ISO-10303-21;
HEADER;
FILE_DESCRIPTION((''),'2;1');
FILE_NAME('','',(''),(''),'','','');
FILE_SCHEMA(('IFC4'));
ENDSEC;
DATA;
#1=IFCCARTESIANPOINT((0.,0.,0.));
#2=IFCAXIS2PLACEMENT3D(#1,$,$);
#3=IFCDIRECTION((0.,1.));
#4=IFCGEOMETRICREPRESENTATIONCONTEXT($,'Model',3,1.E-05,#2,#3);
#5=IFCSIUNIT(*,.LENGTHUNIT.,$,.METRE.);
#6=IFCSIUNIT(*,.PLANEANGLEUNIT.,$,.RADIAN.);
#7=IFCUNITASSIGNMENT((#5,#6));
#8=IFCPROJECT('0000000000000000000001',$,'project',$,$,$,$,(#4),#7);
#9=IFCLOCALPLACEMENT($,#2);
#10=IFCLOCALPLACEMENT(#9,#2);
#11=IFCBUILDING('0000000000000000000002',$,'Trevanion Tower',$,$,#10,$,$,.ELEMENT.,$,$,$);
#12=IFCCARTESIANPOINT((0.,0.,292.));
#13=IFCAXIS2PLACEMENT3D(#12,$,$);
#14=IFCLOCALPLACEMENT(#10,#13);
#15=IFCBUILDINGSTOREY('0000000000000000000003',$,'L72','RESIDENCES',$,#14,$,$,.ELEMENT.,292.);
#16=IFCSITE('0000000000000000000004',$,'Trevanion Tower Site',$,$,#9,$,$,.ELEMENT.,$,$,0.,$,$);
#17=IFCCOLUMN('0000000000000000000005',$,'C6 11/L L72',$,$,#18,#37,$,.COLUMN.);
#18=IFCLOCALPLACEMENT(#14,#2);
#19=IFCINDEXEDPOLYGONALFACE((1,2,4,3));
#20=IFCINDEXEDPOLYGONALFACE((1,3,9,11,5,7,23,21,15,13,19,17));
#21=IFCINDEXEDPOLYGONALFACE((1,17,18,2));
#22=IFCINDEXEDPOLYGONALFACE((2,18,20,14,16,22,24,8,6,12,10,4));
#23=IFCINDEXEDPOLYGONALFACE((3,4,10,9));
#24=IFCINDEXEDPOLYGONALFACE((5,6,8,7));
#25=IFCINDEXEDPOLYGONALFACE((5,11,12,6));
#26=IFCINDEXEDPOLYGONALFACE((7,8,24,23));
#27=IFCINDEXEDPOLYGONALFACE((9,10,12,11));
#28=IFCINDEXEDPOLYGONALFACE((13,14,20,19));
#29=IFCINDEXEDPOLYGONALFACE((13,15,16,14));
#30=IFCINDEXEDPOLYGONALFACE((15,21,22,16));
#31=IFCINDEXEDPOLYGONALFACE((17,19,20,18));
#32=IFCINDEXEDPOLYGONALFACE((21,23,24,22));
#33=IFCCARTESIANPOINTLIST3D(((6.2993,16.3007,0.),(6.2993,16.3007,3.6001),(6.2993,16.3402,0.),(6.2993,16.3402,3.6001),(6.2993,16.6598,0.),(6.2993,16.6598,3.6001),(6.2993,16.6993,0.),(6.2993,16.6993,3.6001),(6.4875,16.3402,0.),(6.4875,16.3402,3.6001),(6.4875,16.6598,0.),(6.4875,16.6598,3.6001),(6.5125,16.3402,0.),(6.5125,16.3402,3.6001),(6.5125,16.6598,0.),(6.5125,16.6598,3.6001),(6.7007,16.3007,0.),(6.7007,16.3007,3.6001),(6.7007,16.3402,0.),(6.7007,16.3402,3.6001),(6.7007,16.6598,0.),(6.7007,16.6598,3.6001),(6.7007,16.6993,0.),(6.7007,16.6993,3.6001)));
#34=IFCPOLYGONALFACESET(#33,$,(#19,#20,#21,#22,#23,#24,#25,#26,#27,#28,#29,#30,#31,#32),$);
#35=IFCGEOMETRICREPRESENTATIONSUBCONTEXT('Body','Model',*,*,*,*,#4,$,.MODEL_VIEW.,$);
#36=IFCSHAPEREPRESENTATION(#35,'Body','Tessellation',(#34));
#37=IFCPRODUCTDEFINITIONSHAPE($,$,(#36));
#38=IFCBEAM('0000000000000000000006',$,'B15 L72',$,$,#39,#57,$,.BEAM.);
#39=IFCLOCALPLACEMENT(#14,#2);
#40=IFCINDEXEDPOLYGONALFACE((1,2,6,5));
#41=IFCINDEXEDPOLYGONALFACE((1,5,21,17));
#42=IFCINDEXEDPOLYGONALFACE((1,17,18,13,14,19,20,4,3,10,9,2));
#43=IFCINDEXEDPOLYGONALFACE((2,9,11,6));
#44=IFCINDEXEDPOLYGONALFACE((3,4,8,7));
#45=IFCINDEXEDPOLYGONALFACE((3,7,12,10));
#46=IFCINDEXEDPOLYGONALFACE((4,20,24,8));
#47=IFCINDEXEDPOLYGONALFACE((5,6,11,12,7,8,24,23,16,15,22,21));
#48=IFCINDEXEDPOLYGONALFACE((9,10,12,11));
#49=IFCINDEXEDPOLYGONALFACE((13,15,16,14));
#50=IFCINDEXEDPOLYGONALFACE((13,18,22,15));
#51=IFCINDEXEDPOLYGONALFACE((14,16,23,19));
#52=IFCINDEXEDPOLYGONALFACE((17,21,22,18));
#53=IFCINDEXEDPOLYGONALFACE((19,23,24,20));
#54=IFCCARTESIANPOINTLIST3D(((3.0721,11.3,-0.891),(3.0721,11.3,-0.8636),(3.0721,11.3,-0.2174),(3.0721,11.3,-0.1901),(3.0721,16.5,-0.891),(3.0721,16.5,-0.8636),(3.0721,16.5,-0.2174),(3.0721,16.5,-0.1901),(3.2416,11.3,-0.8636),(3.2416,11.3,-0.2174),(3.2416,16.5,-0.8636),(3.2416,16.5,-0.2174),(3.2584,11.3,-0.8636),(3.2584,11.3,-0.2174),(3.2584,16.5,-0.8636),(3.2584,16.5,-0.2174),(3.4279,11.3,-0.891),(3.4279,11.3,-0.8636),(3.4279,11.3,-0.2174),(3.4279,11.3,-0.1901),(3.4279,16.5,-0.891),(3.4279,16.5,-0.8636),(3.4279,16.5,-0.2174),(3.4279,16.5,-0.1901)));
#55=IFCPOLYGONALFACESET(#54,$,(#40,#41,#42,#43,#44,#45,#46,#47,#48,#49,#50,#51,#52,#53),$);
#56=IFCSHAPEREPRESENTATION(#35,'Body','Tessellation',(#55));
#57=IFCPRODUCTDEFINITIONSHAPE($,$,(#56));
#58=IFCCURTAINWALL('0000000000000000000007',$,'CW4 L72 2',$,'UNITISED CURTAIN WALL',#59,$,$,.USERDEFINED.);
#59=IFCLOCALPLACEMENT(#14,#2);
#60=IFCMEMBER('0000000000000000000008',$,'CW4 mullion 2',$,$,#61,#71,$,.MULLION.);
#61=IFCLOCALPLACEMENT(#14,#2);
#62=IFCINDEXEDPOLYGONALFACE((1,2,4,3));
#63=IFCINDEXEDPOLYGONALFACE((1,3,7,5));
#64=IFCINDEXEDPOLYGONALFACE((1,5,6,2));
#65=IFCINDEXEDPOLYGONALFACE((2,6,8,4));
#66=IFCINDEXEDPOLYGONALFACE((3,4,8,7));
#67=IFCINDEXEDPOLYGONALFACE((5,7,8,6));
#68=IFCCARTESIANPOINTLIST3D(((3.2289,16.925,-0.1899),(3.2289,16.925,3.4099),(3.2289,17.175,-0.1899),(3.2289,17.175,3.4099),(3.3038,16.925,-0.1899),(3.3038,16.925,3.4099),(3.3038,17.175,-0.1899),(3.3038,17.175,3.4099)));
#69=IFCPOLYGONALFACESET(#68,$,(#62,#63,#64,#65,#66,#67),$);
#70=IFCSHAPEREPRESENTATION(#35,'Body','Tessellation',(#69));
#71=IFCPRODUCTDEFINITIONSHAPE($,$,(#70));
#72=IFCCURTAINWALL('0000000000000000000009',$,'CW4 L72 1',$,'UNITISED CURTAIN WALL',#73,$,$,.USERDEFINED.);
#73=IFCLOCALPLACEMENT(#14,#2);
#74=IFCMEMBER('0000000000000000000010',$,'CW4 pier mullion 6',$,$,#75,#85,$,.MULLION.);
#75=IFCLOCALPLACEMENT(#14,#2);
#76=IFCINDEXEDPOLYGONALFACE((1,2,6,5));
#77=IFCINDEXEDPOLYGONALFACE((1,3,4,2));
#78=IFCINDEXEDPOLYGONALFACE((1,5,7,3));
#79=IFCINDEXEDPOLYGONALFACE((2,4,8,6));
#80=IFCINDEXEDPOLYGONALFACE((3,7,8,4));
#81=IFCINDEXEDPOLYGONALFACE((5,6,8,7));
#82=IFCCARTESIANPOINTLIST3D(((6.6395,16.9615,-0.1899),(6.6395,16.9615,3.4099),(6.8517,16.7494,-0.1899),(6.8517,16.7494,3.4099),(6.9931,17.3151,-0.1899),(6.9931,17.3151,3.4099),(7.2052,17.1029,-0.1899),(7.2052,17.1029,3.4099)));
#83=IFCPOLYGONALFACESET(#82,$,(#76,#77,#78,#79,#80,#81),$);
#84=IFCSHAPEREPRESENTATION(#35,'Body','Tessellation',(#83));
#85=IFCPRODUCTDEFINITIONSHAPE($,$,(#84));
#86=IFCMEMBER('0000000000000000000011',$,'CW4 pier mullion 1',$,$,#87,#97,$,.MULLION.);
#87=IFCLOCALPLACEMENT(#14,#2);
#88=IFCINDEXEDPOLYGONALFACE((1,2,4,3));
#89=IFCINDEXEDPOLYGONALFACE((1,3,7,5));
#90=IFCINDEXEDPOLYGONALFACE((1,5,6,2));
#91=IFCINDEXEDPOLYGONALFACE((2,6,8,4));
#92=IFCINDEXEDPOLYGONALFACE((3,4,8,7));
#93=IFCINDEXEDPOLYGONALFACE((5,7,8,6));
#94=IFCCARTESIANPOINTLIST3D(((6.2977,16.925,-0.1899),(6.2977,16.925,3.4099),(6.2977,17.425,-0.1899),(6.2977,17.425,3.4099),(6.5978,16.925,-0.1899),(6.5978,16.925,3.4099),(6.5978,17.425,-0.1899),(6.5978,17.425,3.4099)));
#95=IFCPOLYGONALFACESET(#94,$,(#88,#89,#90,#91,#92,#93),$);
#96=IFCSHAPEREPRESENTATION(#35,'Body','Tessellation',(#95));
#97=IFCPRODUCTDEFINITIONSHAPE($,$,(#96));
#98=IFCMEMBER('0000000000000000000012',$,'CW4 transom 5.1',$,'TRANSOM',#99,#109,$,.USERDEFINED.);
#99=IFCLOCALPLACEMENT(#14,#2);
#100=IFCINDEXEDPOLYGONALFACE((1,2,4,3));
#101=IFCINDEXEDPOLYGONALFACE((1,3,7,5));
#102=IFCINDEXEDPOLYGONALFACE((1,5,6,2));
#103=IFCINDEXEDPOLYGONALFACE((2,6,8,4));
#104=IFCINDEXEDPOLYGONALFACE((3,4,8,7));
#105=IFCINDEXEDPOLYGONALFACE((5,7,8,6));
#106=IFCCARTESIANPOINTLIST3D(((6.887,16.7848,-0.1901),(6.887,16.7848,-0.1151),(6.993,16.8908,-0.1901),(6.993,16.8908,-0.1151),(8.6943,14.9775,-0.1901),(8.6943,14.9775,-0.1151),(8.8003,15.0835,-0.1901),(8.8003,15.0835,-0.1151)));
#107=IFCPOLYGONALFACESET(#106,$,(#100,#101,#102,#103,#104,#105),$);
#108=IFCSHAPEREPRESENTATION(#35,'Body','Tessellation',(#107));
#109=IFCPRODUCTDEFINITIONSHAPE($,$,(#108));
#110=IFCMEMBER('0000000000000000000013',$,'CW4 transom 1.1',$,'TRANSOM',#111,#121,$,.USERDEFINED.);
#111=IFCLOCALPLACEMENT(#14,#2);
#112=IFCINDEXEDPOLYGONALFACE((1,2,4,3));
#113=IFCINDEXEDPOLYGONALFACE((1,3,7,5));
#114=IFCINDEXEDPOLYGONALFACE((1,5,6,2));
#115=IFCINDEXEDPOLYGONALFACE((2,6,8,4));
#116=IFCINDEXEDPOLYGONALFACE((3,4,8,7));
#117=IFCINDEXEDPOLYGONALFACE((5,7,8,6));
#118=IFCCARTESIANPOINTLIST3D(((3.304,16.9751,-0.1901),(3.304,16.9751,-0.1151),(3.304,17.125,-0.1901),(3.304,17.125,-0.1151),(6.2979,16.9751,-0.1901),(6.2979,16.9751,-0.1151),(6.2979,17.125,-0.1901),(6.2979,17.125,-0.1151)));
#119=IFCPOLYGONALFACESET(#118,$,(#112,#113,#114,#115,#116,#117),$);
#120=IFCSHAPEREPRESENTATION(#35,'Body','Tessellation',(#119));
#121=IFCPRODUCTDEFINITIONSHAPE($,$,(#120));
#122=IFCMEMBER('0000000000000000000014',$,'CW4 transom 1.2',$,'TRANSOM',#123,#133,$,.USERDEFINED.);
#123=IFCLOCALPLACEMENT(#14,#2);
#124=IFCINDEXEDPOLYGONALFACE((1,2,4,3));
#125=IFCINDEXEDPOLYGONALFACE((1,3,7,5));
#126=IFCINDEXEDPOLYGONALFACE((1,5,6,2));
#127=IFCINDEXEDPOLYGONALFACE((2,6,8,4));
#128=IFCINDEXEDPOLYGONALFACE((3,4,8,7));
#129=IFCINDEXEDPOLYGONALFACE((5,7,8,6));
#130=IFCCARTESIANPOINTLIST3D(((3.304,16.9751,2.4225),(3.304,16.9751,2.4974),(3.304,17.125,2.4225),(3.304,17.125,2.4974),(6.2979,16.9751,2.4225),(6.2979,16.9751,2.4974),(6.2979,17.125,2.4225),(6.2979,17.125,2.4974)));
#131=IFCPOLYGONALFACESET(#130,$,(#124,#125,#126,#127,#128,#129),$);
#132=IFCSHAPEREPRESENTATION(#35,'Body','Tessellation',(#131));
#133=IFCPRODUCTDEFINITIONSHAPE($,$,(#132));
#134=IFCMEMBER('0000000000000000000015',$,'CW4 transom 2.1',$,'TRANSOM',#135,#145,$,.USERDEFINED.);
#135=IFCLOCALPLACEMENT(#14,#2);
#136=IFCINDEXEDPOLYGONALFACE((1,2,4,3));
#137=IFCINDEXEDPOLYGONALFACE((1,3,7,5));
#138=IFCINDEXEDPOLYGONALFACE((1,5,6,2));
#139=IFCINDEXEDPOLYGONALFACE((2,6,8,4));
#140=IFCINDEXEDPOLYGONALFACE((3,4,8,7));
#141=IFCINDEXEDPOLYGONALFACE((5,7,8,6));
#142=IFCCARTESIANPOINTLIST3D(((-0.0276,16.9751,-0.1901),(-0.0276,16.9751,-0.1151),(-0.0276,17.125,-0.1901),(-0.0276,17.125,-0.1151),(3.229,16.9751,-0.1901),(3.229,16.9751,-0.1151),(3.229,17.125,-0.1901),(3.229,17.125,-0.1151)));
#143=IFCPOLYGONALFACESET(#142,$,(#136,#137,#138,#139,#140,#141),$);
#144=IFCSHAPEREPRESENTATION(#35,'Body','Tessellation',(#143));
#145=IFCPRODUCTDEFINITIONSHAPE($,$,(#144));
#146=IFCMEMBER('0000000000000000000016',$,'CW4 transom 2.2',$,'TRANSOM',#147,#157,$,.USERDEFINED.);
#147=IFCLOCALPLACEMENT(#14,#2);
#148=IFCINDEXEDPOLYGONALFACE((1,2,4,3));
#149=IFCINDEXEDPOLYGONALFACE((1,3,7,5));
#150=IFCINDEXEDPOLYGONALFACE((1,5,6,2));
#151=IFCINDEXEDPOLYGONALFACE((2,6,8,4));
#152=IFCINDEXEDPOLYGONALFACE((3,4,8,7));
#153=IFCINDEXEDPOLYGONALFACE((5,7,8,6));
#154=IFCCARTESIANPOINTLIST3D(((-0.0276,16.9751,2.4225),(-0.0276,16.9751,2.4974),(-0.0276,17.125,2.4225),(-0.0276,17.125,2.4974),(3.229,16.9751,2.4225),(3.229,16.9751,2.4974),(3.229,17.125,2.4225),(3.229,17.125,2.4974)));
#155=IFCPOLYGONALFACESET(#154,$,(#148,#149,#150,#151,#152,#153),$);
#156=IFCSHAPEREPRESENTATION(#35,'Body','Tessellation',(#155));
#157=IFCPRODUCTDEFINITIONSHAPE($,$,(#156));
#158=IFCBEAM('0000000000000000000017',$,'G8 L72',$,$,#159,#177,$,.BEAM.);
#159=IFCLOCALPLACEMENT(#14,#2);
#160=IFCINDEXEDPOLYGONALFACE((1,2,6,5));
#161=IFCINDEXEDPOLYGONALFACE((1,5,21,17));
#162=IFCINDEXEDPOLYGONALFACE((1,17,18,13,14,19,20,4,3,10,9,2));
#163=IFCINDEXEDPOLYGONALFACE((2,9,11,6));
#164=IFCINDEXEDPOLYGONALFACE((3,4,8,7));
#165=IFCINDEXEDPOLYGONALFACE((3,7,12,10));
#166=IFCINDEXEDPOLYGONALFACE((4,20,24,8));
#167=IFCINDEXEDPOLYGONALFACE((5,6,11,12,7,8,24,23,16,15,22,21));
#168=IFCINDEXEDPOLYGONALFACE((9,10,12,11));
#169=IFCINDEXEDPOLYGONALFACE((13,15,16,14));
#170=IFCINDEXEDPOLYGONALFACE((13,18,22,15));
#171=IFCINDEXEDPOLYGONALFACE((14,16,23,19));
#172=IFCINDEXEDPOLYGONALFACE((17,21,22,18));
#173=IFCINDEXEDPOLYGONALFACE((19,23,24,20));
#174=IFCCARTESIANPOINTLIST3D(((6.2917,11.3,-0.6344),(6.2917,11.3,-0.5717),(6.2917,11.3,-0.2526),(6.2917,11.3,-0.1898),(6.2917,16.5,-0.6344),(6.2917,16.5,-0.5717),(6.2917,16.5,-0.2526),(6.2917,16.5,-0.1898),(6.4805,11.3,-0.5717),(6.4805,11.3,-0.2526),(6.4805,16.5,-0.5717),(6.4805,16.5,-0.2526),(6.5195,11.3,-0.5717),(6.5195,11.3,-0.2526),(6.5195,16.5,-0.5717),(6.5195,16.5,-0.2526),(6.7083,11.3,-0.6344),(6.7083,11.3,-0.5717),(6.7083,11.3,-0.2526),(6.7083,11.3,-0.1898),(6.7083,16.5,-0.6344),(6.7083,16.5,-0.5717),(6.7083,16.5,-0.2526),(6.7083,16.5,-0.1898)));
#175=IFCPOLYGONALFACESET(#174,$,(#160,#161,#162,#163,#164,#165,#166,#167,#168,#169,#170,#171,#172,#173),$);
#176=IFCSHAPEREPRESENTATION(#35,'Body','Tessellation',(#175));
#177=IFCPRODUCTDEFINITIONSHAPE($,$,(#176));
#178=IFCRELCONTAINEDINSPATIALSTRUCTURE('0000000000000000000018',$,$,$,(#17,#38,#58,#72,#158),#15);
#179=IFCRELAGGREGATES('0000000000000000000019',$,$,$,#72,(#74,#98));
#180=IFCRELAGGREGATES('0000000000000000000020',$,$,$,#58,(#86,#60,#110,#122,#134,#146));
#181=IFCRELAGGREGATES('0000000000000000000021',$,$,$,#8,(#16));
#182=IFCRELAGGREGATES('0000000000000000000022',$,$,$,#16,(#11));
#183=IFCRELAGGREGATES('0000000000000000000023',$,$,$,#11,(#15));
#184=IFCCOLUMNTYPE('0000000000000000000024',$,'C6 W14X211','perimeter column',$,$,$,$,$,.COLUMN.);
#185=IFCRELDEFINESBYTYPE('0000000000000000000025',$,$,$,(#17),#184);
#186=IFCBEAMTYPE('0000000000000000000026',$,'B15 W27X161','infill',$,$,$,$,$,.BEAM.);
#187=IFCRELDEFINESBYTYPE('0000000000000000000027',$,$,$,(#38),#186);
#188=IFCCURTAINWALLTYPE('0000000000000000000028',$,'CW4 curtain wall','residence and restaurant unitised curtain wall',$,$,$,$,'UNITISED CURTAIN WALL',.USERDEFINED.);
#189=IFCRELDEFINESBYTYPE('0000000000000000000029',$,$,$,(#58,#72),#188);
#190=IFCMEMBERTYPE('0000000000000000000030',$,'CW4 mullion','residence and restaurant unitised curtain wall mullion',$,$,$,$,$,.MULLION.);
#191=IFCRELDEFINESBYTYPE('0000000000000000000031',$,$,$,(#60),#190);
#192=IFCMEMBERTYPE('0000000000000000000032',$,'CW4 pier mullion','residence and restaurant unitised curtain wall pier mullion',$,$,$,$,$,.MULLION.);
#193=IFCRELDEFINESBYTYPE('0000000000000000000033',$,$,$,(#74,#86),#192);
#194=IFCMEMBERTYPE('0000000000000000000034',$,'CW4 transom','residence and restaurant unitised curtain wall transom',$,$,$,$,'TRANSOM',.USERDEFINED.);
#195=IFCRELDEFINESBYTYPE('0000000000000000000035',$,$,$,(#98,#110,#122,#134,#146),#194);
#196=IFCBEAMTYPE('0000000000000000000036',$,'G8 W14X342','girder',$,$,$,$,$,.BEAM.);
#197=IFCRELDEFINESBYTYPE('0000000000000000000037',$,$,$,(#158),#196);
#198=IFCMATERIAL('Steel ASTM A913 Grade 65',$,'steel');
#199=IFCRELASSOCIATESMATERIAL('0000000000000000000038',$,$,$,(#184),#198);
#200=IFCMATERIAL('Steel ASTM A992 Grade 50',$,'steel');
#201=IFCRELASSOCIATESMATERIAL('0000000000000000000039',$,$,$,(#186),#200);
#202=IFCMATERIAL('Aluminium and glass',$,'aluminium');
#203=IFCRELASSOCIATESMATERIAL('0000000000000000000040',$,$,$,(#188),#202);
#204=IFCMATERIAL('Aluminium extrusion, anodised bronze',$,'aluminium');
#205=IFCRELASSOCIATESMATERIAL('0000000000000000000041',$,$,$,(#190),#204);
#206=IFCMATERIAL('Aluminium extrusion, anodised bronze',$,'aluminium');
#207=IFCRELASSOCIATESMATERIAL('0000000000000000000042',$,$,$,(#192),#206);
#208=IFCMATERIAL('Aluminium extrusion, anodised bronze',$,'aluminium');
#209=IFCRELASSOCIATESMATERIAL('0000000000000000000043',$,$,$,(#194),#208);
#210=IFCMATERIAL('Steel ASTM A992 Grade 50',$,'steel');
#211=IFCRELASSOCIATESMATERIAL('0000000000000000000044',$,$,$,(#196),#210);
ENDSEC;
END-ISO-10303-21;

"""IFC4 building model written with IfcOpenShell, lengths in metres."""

from ifc_helpers import new_model, si_unit, direction, frame, origin, origin_2d, place, context, subcontext, project, spatial, rectangle, i_section, extrude, material, material_profile, profile_set, type_object, element, aggregate, save


model = new_model("IFC4")

# Units and contexts
model_context = context("Model", 3, precision=1e-05, world=origin(), true_north=direction((0.0, 1.0)))
body_context = subcontext(model_context, "Body", "Model", "MODEL_VIEW")
ifc_project = project(units=[si_unit("LENGTHUNIT", "METRE"), si_unit("PLANEANGLEUNIT", "RADIAN")], contexts=[model_context])

# Site, building, storey
site_placement = place(None, origin())
site = spatial("IfcSite", under=ifc_project, at=site_placement, Name="Trevanion Tower Site", CompositionType="ELEMENT", RefElevation=0.0)
building_placement = place(site_placement, origin())
building = spatial("IfcBuilding", under=site, at=building_placement, Name="Trevanion Tower", CompositionType="ELEMENT")
storey_placement = place(building_placement, frame((0.0, 0.0, 292.0)))
storey = spatial("IfcBuildingStorey", under=building, at=storey_placement, Name="L72", Description="RESIDENCES", CompositionType="ELEMENT", Elevation=292.0)

# Column
ifc_material_1 = material(Name="Steel ASTM A913 Grade 65", Category="steel")
ifc_material_profile_1 = material_profile(ifc_material_1, i_section(OverallWidth=0.4014, OverallDepth=0.3987, WebThickness=0.0249, FlangeThickness=0.0396, at=origin_2d()), Name="W14X211")
ifc_profile_set_1 = profile_set([ifc_material_profile_1], Name="Steel ASTM A913 Grade 65")
column_type = type_object("IfcColumnType", Name="C6 W14X211", Description="perimeter column", PredefinedType="COLUMN", material=ifc_profile_set_1)
column_placement = place(storey_placement, frame((6.5, 16.5, 0.0), z_axis=(0.0, 0.0, 1.0), x_axis=(1.0, 0.0, 0.0)))
element("IfcColumn", 1, at=column_placement, inside=storey, type_object=column_type, Name="C6 11/L L72", PredefinedType="COLUMN", context=body_context, shape_type="SweptSolid", body=[
    extrude(i_section(OverallWidth=0.4014, OverallDepth=0.3987, WebThickness=0.0249, FlangeThickness=0.0396, at=origin_2d()), origin(), (0.0, 0.0, 1.0), 3.6001),
])

# Beam
ifc_material_2 = material(Name="Steel ASTM A992 Grade 50", Category="steel")
ifc_material_profile_2 = material_profile(ifc_material_2, i_section(OverallWidth=0.3557, OverallDepth=0.7009, WebThickness=0.0168, FlangeThickness=0.0273, at=origin_2d()), Name="W27X161")
ifc_profile_set_2 = profile_set([ifc_material_profile_2], Name="Steel ASTM A992 Grade 50")
beam_type_1 = type_object("IfcBeamType", Name="B15 W27X161", Description="infill", PredefinedType="BEAM", material=ifc_profile_set_2)
beam_1_placement = place(storey_placement, frame((3.25, 11.3, -0.5405), z_axis=(0.0, 1.0, 0.0), x_axis=(-1.0, 0.0, 0.0)))
element("IfcBeam", 2, at=beam_1_placement, inside=storey, type_object=beam_type_1, Name="B15 L72", PredefinedType="BEAM", context=body_context, shape_type="SweptSolid", body=[
    extrude(i_section(OverallWidth=0.3557, OverallDepth=0.7009, WebThickness=0.0168, FlangeThickness=0.0273, at=origin_2d()), origin(), (0.0, 0.0, 1.0), 5.2),
])

# Curtain walls, members
ifc_material_3 = material(Name="Aluminium and glass", Category="aluminium")
curtain_wall_type = type_object("IfcCurtainWallType", Name="CW4 curtain wall", Description="residence and restaurant unitised curtain wall", ElementType="UNITISED CURTAIN WALL", PredefinedType="USERDEFINED", material=ifc_material_3)
curtain_wall_1_placement = place(storey_placement, origin())
curtain_wall_1 = element("IfcCurtainWall", 3, at=curtain_wall_1_placement, inside=storey, type_object=curtain_wall_type, Name="CW4 L72 2", ObjectType="UNITISED CURTAIN WALL", PredefinedType="USERDEFINED")
ifc_material_4 = material(Name="Aluminium extrusion, anodised bronze", Category="aluminium")
ifc_material_profile_3 = material_profile(ifc_material_4, rectangle(XDim=0.075, YDim=0.25, at=origin_2d()), Name="CW4 mullion")
ifc_profile_set_3 = profile_set([ifc_material_profile_3], Name="Aluminium extrusion, anodised bronze")
member_type_1 = type_object("IfcMemberType", Name="CW4 mullion", Description="residence and restaurant unitised curtain wall mullion", PredefinedType="MULLION", material=ifc_profile_set_3)
member_1_placement = place(storey_placement, frame((3.2664, 17.05, -0.1899), z_axis=(0.0, 0.0, 1.0), x_axis=(-1.0, 0.0, 0.0)))
member_1 = element("IfcMember", 4, at=member_1_placement, type_object=member_type_1, Name="CW4 mullion 2", PredefinedType="MULLION", context=body_context, shape_type="SweptSolid", body=[
    extrude(rectangle(XDim=0.075, YDim=0.25, at=origin_2d()), origin(), (0.0, 0.0, 1.0), 3.5999),
])
curtain_wall_2_placement = place(storey_placement, origin())
curtain_wall_2 = element("IfcCurtainWall", 5, at=curtain_wall_2_placement, inside=storey, type_object=curtain_wall_type, Name="CW4 L72 1", ObjectType="UNITISED CURTAIN WALL", PredefinedType="USERDEFINED")
ifc_material_5 = material(Name="Aluminium extrusion, anodised bronze", Category="aluminium")
ifc_material_profile_4 = material_profile(ifc_material_5, rectangle(XDim=0.3, YDim=0.5, at=origin_2d()), Name="CW4 pier mullion")
ifc_profile_set_4 = profile_set([ifc_material_profile_4], Name="Aluminium extrusion, anodised bronze")
member_type_2 = type_object("IfcMemberType", Name="CW4 pier mullion", Description="residence and restaurant unitised curtain wall pier mullion", PredefinedType="MULLION", material=ifc_profile_set_4)
member_2_placement = place(storey_placement, frame((6.9224, 17.0322, -0.1899), z_axis=(0.0, 0.0, 1.0), x_axis=(-0.707107, 0.707107, 0.0)))
member_2 = element("IfcMember", 6, at=member_2_placement, type_object=member_type_2, Name="CW4 pier mullion 6", PredefinedType="MULLION", context=body_context, shape_type="SweptSolid", body=[
    extrude(rectangle(XDim=0.3, YDim=0.5, at=origin_2d()), origin(), (0.0, 0.0, 1.0), 3.5999),
])

# Members
member_3_placement = place(storey_placement, frame((6.4478, 17.175, -0.1899), z_axis=(0.0, 0.0, 1.0), x_axis=(-1.0, 0.0, 0.0)))
member_3 = element("IfcMember", 7, at=member_3_placement, type_object=member_type_2, Name="CW4 pier mullion 1", PredefinedType="MULLION", context=body_context, shape_type="SweptSolid", body=[
    extrude(rectangle(XDim=0.3, YDim=0.5, at=origin_2d()), origin(), (0.0, 0.0, 1.0), 3.5999),
])
ifc_material_6 = material(Name="Aluminium extrusion, anodised bronze", Category="aluminium")
ifc_material_profile_5 = material_profile(ifc_material_6, rectangle(XDim=0.1499, YDim=0.075, at=origin_2d()), Name="CW4 transom")
ifc_profile_set_5 = profile_set([ifc_material_profile_5], Name="Aluminium extrusion, anodised bronze")
member_type_3 = type_object("IfcMemberType", Name="CW4 transom", Description="residence and restaurant unitised curtain wall transom", ElementType="TRANSOM", PredefinedType="USERDEFINED", material=ifc_profile_set_5)
member_4_placement = place(storey_placement, frame((8.7473, 15.0305, -0.1526), z_axis=(-0.707107, 0.707107, 0.0), x_axis=(-0.707107, -0.707107, 0.0)))
member_4 = element("IfcMember", 8, at=member_4_placement, type_object=member_type_3, Name="CW4 transom 5.1", ObjectType="TRANSOM", PredefinedType="USERDEFINED", context=body_context, shape_type="SweptSolid", body=[
    extrude(rectangle(XDim=0.1499, YDim=0.075, at=origin_2d()), origin(), (0.0, 0.0, 1.0), 2.5559),
])
member_5_placement = place(storey_placement, frame((6.2979, 17.05, -0.1526), z_axis=(-1.0, 0.0, 0.0), x_axis=(0.0, -1.0, 0.0)))
member_5 = element("IfcMember", 9, at=member_5_placement, type_object=member_type_3, Name="CW4 transom 1.1", ObjectType="TRANSOM", PredefinedType="USERDEFINED", context=body_context, shape_type="SweptSolid", body=[
    extrude(rectangle(XDim=0.1499, YDim=0.075, at=origin_2d()), origin(), (0.0, 0.0, 1.0), 2.9939),
])
member_6_placement = place(storey_placement, frame((6.2979, 17.05, 2.46), z_axis=(-1.0, 0.0, 0.0), x_axis=(0.0, -1.0, 0.0)))
member_6 = element("IfcMember", 10, at=member_6_placement, type_object=member_type_3, Name="CW4 transom 1.2", ObjectType="TRANSOM", PredefinedType="USERDEFINED", context=body_context, shape_type="SweptSolid", body=[
    extrude(rectangle(XDim=0.1499, YDim=0.075, at=origin_2d()), origin(), (0.0, 0.0, 1.0), 2.9939),
])
member_7_placement = place(storey_placement, frame((3.229, 17.05, -0.1526), z_axis=(-1.0, 0.0, 0.0), x_axis=(0.0, -1.0, 0.0)))
member_7 = element("IfcMember", 11, at=member_7_placement, type_object=member_type_3, Name="CW4 transom 2.1", ObjectType="TRANSOM", PredefinedType="USERDEFINED", context=body_context, shape_type="SweptSolid", body=[
    extrude(rectangle(XDim=0.1499, YDim=0.075, at=origin_2d()), origin(), (0.0, 0.0, 1.0), 3.2566),
])
member_8_placement = place(storey_placement, frame((3.229, 17.05, 2.46), z_axis=(-1.0, 0.0, 0.0), x_axis=(0.0, -1.0, 0.0)))
member_8 = element("IfcMember", 12, at=member_8_placement, type_object=member_type_3, Name="CW4 transom 2.2", ObjectType="TRANSOM", PredefinedType="USERDEFINED", context=body_context, shape_type="SweptSolid", body=[
    extrude(rectangle(XDim=0.1499, YDim=0.075, at=origin_2d()), origin(), (0.0, 0.0, 1.0), 3.2566),
])

# Beam
ifc_material_7 = material(Name="Steel ASTM A992 Grade 50", Category="steel")
ifc_material_profile_6 = material_profile(ifc_material_7, i_section(OverallWidth=0.4165, OverallDepth=0.4446, WebThickness=0.0391, FlangeThickness=0.0627, at=origin_2d()), Name="W14X342")
ifc_profile_set_6 = profile_set([ifc_material_profile_6], Name="Steel ASTM A992 Grade 50")
beam_type_2 = type_object("IfcBeamType", Name="G8 W14X342", Description="girder", PredefinedType="BEAM", material=ifc_profile_set_6)
beam_2_placement = place(storey_placement, frame((6.5, 11.3, -0.4121), z_axis=(0.0, 1.0, 0.0), x_axis=(-1.0, 0.0, 0.0)))
element("IfcBeam", 13, at=beam_2_placement, inside=storey, type_object=beam_type_2, Name="G8 L72", PredefinedType="BEAM", context=body_context, shape_type="SweptSolid", body=[
    extrude(i_section(OverallWidth=0.4165, OverallDepth=0.4446, WebThickness=0.0391, FlangeThickness=0.0627, at=origin_2d()), origin(), (0.0, 0.0, 1.0), 5.2),
])

aggregate(curtain_wall_2, [member_2, member_4])
aggregate(curtain_wall_1, [member_3, member_1, member_5, member_6, member_7, member_8])

save(model, "model.ifc")
